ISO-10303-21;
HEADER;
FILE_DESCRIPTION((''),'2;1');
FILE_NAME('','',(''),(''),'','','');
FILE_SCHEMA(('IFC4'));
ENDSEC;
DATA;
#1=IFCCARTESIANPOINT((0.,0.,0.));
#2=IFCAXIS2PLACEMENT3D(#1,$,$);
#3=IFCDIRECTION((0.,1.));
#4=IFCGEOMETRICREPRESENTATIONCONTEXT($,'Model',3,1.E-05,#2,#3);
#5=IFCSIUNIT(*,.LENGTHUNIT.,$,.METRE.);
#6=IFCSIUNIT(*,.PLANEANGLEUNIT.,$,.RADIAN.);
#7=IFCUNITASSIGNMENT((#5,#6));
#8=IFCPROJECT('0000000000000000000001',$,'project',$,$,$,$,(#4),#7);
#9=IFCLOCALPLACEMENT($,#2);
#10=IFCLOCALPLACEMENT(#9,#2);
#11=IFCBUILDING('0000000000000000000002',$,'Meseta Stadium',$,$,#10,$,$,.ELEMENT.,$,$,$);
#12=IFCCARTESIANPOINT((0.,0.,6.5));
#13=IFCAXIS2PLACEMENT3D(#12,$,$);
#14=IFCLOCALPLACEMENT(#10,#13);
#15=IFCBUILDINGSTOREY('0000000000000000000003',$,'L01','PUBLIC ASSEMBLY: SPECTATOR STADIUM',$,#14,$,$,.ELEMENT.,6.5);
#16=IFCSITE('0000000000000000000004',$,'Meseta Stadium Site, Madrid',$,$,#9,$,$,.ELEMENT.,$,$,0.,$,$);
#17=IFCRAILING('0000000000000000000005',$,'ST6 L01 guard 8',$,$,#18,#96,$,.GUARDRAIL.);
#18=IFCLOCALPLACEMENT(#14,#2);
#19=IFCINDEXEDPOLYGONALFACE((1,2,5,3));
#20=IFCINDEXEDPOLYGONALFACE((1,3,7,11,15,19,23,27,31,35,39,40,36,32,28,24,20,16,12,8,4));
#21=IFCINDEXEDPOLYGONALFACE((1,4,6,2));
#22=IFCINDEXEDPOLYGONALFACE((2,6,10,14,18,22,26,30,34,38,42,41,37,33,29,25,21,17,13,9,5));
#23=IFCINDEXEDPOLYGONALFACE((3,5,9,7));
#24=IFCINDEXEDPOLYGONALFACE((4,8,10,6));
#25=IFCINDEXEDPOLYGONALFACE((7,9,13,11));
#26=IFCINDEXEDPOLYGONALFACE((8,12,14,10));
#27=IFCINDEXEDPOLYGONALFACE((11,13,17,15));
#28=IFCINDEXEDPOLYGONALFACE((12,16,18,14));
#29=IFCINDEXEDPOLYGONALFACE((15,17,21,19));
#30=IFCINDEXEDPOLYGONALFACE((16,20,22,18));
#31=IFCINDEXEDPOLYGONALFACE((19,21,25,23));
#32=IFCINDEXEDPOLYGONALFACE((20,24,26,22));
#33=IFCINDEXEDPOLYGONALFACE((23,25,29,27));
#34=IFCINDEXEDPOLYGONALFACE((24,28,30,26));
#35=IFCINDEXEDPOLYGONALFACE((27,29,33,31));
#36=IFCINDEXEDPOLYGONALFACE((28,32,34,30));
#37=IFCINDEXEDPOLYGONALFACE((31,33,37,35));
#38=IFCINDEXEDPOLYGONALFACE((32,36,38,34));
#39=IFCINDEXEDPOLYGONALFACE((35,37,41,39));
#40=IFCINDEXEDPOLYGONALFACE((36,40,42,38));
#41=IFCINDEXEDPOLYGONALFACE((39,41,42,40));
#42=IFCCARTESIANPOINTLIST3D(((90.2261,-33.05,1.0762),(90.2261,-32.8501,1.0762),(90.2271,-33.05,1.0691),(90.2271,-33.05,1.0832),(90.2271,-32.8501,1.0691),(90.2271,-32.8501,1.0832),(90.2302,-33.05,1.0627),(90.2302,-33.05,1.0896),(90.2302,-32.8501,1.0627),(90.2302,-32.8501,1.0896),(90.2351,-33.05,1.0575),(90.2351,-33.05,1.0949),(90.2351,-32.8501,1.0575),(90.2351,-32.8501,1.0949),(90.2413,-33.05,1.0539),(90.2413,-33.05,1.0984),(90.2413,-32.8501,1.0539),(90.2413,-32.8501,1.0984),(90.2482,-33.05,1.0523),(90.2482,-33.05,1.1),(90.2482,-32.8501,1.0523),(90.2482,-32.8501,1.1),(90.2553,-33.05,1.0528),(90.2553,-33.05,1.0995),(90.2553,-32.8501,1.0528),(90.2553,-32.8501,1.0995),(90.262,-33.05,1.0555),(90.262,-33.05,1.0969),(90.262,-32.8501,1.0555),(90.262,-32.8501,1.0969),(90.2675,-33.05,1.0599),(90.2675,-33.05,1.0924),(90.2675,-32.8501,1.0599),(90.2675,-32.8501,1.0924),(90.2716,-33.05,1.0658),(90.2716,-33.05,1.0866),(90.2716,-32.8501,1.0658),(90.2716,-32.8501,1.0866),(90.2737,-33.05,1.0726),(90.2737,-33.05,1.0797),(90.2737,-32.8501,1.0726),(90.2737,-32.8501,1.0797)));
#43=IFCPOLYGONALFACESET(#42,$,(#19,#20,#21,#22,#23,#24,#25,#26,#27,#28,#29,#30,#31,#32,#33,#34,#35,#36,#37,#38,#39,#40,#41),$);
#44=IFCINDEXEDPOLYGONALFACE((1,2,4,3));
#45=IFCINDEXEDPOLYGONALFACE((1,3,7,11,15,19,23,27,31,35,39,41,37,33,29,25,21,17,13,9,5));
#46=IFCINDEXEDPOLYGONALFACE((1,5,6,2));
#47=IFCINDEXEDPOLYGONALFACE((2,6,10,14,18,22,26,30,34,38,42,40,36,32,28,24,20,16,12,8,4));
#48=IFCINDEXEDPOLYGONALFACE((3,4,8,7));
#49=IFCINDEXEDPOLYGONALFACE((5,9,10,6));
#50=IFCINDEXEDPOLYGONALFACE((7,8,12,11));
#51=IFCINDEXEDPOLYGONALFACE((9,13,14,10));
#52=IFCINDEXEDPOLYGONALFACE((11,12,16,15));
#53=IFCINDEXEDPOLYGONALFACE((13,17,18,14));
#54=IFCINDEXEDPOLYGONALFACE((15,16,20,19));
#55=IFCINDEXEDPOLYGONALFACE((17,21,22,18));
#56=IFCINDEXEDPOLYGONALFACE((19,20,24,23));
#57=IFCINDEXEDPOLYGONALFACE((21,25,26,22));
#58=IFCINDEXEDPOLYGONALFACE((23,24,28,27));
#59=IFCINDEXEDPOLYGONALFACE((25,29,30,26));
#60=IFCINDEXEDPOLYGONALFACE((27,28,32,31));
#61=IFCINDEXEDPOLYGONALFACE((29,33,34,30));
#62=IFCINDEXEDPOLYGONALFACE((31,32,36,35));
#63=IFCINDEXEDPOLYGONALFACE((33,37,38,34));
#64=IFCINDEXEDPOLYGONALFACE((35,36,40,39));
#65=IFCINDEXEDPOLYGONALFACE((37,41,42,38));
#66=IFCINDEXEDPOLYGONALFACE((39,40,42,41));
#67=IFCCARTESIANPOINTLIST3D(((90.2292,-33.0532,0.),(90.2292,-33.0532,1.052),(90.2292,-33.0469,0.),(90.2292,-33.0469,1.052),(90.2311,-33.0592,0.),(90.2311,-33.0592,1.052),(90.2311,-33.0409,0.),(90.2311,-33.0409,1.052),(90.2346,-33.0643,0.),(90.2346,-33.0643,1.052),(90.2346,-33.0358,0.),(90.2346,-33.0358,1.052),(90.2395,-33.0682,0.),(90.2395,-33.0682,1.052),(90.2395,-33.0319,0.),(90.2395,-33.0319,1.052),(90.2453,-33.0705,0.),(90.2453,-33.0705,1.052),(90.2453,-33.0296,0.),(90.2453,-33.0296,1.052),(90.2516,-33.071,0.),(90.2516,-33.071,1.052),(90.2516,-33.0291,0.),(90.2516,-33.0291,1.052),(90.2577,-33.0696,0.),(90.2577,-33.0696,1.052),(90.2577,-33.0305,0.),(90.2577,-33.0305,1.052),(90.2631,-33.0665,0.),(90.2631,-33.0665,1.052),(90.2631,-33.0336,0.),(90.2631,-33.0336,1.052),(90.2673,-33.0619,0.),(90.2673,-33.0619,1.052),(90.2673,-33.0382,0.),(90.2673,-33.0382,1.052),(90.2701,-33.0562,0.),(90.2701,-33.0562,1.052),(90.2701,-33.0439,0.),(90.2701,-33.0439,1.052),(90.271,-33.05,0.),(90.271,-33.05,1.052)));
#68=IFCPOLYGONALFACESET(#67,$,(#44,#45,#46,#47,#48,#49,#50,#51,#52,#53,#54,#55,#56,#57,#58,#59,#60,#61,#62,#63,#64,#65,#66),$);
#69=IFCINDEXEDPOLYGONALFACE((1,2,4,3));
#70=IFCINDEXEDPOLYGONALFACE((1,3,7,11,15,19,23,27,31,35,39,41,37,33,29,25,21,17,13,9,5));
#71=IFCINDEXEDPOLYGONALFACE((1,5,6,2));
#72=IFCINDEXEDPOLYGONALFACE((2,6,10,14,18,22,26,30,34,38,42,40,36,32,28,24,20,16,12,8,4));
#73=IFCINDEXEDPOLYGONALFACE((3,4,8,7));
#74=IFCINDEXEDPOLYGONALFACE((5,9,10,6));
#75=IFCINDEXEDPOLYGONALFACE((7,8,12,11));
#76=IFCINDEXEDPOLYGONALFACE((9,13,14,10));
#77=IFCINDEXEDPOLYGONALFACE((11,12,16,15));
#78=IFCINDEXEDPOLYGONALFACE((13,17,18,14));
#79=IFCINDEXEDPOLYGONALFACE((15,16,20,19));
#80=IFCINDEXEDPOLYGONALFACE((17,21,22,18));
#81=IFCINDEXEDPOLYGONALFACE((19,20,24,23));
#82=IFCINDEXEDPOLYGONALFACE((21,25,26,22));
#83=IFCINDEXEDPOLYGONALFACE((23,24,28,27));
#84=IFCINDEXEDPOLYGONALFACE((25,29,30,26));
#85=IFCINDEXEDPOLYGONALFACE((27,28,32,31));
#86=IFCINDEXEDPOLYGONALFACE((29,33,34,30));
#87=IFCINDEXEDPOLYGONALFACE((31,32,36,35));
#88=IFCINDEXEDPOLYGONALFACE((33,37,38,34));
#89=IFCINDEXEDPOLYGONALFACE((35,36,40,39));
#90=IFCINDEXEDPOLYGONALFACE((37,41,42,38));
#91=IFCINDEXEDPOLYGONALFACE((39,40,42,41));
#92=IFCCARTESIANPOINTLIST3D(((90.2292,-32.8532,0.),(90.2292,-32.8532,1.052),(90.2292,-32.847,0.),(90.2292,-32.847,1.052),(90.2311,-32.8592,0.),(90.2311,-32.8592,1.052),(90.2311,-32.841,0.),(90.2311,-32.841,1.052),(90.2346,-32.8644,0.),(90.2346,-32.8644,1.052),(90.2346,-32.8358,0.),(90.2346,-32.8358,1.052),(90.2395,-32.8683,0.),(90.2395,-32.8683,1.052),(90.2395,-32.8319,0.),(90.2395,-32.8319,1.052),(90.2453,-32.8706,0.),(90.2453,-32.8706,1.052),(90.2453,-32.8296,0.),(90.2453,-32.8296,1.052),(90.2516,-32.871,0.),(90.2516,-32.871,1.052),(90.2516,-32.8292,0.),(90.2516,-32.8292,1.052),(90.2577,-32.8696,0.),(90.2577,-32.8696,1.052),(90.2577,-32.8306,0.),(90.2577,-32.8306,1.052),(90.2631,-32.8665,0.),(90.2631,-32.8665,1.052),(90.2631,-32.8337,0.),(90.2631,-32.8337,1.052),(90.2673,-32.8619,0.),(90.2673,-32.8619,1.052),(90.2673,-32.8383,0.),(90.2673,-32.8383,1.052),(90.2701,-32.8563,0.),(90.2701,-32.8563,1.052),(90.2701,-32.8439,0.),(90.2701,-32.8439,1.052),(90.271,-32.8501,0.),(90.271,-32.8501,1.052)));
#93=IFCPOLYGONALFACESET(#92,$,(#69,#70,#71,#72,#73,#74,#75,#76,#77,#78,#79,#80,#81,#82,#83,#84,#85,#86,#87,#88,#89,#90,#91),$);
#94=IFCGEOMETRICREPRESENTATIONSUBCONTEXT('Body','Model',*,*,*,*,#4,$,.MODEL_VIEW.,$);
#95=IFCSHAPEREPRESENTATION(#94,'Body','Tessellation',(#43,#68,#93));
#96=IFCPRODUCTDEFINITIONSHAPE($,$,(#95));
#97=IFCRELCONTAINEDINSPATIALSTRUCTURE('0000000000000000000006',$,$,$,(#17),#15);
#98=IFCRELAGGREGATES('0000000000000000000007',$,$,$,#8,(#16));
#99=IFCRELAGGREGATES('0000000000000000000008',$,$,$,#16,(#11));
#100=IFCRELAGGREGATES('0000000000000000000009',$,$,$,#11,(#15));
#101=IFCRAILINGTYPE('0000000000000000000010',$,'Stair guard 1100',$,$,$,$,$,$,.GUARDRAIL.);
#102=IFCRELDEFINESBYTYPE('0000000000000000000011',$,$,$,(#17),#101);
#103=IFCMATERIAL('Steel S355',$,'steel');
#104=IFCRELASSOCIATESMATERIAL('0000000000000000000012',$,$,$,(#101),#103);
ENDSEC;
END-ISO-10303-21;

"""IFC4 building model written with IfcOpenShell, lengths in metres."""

from ifc_helpers import new_model, si_unit, direction, frame, origin, origin_2d, place, context, subcontext, project, spatial, circle, extrude, material, type_object, element, save


model = new_model("IFC4")

# Units and contexts
model_context = context("Model", 3, precision=1e-05, world=origin(), true_north=direction((0.0, 1.0)))
body_context = subcontext(model_context, "Body", "Model", "MODEL_VIEW")
ifc_project = project(units=[si_unit("LENGTHUNIT", "METRE"), si_unit("PLANEANGLEUNIT", "RADIAN")], contexts=[model_context])

# Site, building, storey
site_placement = place(None, origin())
site = spatial("IfcSite", under=ifc_project, at=site_placement, Name="Meseta Stadium Site, Madrid", CompositionType="ELEMENT", RefElevation=0.0)
building_placement = place(site_placement, origin())
building = spatial("IfcBuilding", under=site, at=building_placement, Name="Meseta Stadium", CompositionType="ELEMENT")
storey_placement = place(building_placement, frame((0.0, 0.0, 6.5)))
storey = spatial("IfcBuildingStorey", under=building, at=storey_placement, Name="L01", Description="PUBLIC ASSEMBLY: SPECTATOR STADIUM", CompositionType="ELEMENT", Elevation=6.5)

# Railing
ifc_material_1 = material(Name="Steel S355", Category="steel")
railing_type_1 = type_object("IfcRailingType", Name="Stair guard 1100", PredefinedType="GUARDRAIL", material=ifc_material_1)
railing_1_placement = place(storey_placement, frame((90.25, -33.05, 0.0)))
element("IfcRailing", 1, at=railing_1_placement, inside=storey, type_object=railing_type_1, Name="ST6 L01 guard 8", PredefinedType="GUARDRAIL", context=body_context, shape_type="SweptSolid", body=[
    extrude(circle(Radius=0.0239, at=origin_2d()), frame((0.0, 0.0, 1.0762), z_axis=(0.0, 1.0, 0.0), x_axis=(-1.0, 0.0, 0.0)), (0.0, 0.0, 1.0), 0.2),
    extrude(circle(Radius=0.021, at=origin_2d()), origin(), (0.0, 0.0, 1.0), 1.052),
    extrude(circle(Radius=0.021, at=origin_2d()), frame((0.0, 0.2, 0.0)), (0.0, 0.0, 1.0), 1.052),
])

save(model, "model.ifc")
